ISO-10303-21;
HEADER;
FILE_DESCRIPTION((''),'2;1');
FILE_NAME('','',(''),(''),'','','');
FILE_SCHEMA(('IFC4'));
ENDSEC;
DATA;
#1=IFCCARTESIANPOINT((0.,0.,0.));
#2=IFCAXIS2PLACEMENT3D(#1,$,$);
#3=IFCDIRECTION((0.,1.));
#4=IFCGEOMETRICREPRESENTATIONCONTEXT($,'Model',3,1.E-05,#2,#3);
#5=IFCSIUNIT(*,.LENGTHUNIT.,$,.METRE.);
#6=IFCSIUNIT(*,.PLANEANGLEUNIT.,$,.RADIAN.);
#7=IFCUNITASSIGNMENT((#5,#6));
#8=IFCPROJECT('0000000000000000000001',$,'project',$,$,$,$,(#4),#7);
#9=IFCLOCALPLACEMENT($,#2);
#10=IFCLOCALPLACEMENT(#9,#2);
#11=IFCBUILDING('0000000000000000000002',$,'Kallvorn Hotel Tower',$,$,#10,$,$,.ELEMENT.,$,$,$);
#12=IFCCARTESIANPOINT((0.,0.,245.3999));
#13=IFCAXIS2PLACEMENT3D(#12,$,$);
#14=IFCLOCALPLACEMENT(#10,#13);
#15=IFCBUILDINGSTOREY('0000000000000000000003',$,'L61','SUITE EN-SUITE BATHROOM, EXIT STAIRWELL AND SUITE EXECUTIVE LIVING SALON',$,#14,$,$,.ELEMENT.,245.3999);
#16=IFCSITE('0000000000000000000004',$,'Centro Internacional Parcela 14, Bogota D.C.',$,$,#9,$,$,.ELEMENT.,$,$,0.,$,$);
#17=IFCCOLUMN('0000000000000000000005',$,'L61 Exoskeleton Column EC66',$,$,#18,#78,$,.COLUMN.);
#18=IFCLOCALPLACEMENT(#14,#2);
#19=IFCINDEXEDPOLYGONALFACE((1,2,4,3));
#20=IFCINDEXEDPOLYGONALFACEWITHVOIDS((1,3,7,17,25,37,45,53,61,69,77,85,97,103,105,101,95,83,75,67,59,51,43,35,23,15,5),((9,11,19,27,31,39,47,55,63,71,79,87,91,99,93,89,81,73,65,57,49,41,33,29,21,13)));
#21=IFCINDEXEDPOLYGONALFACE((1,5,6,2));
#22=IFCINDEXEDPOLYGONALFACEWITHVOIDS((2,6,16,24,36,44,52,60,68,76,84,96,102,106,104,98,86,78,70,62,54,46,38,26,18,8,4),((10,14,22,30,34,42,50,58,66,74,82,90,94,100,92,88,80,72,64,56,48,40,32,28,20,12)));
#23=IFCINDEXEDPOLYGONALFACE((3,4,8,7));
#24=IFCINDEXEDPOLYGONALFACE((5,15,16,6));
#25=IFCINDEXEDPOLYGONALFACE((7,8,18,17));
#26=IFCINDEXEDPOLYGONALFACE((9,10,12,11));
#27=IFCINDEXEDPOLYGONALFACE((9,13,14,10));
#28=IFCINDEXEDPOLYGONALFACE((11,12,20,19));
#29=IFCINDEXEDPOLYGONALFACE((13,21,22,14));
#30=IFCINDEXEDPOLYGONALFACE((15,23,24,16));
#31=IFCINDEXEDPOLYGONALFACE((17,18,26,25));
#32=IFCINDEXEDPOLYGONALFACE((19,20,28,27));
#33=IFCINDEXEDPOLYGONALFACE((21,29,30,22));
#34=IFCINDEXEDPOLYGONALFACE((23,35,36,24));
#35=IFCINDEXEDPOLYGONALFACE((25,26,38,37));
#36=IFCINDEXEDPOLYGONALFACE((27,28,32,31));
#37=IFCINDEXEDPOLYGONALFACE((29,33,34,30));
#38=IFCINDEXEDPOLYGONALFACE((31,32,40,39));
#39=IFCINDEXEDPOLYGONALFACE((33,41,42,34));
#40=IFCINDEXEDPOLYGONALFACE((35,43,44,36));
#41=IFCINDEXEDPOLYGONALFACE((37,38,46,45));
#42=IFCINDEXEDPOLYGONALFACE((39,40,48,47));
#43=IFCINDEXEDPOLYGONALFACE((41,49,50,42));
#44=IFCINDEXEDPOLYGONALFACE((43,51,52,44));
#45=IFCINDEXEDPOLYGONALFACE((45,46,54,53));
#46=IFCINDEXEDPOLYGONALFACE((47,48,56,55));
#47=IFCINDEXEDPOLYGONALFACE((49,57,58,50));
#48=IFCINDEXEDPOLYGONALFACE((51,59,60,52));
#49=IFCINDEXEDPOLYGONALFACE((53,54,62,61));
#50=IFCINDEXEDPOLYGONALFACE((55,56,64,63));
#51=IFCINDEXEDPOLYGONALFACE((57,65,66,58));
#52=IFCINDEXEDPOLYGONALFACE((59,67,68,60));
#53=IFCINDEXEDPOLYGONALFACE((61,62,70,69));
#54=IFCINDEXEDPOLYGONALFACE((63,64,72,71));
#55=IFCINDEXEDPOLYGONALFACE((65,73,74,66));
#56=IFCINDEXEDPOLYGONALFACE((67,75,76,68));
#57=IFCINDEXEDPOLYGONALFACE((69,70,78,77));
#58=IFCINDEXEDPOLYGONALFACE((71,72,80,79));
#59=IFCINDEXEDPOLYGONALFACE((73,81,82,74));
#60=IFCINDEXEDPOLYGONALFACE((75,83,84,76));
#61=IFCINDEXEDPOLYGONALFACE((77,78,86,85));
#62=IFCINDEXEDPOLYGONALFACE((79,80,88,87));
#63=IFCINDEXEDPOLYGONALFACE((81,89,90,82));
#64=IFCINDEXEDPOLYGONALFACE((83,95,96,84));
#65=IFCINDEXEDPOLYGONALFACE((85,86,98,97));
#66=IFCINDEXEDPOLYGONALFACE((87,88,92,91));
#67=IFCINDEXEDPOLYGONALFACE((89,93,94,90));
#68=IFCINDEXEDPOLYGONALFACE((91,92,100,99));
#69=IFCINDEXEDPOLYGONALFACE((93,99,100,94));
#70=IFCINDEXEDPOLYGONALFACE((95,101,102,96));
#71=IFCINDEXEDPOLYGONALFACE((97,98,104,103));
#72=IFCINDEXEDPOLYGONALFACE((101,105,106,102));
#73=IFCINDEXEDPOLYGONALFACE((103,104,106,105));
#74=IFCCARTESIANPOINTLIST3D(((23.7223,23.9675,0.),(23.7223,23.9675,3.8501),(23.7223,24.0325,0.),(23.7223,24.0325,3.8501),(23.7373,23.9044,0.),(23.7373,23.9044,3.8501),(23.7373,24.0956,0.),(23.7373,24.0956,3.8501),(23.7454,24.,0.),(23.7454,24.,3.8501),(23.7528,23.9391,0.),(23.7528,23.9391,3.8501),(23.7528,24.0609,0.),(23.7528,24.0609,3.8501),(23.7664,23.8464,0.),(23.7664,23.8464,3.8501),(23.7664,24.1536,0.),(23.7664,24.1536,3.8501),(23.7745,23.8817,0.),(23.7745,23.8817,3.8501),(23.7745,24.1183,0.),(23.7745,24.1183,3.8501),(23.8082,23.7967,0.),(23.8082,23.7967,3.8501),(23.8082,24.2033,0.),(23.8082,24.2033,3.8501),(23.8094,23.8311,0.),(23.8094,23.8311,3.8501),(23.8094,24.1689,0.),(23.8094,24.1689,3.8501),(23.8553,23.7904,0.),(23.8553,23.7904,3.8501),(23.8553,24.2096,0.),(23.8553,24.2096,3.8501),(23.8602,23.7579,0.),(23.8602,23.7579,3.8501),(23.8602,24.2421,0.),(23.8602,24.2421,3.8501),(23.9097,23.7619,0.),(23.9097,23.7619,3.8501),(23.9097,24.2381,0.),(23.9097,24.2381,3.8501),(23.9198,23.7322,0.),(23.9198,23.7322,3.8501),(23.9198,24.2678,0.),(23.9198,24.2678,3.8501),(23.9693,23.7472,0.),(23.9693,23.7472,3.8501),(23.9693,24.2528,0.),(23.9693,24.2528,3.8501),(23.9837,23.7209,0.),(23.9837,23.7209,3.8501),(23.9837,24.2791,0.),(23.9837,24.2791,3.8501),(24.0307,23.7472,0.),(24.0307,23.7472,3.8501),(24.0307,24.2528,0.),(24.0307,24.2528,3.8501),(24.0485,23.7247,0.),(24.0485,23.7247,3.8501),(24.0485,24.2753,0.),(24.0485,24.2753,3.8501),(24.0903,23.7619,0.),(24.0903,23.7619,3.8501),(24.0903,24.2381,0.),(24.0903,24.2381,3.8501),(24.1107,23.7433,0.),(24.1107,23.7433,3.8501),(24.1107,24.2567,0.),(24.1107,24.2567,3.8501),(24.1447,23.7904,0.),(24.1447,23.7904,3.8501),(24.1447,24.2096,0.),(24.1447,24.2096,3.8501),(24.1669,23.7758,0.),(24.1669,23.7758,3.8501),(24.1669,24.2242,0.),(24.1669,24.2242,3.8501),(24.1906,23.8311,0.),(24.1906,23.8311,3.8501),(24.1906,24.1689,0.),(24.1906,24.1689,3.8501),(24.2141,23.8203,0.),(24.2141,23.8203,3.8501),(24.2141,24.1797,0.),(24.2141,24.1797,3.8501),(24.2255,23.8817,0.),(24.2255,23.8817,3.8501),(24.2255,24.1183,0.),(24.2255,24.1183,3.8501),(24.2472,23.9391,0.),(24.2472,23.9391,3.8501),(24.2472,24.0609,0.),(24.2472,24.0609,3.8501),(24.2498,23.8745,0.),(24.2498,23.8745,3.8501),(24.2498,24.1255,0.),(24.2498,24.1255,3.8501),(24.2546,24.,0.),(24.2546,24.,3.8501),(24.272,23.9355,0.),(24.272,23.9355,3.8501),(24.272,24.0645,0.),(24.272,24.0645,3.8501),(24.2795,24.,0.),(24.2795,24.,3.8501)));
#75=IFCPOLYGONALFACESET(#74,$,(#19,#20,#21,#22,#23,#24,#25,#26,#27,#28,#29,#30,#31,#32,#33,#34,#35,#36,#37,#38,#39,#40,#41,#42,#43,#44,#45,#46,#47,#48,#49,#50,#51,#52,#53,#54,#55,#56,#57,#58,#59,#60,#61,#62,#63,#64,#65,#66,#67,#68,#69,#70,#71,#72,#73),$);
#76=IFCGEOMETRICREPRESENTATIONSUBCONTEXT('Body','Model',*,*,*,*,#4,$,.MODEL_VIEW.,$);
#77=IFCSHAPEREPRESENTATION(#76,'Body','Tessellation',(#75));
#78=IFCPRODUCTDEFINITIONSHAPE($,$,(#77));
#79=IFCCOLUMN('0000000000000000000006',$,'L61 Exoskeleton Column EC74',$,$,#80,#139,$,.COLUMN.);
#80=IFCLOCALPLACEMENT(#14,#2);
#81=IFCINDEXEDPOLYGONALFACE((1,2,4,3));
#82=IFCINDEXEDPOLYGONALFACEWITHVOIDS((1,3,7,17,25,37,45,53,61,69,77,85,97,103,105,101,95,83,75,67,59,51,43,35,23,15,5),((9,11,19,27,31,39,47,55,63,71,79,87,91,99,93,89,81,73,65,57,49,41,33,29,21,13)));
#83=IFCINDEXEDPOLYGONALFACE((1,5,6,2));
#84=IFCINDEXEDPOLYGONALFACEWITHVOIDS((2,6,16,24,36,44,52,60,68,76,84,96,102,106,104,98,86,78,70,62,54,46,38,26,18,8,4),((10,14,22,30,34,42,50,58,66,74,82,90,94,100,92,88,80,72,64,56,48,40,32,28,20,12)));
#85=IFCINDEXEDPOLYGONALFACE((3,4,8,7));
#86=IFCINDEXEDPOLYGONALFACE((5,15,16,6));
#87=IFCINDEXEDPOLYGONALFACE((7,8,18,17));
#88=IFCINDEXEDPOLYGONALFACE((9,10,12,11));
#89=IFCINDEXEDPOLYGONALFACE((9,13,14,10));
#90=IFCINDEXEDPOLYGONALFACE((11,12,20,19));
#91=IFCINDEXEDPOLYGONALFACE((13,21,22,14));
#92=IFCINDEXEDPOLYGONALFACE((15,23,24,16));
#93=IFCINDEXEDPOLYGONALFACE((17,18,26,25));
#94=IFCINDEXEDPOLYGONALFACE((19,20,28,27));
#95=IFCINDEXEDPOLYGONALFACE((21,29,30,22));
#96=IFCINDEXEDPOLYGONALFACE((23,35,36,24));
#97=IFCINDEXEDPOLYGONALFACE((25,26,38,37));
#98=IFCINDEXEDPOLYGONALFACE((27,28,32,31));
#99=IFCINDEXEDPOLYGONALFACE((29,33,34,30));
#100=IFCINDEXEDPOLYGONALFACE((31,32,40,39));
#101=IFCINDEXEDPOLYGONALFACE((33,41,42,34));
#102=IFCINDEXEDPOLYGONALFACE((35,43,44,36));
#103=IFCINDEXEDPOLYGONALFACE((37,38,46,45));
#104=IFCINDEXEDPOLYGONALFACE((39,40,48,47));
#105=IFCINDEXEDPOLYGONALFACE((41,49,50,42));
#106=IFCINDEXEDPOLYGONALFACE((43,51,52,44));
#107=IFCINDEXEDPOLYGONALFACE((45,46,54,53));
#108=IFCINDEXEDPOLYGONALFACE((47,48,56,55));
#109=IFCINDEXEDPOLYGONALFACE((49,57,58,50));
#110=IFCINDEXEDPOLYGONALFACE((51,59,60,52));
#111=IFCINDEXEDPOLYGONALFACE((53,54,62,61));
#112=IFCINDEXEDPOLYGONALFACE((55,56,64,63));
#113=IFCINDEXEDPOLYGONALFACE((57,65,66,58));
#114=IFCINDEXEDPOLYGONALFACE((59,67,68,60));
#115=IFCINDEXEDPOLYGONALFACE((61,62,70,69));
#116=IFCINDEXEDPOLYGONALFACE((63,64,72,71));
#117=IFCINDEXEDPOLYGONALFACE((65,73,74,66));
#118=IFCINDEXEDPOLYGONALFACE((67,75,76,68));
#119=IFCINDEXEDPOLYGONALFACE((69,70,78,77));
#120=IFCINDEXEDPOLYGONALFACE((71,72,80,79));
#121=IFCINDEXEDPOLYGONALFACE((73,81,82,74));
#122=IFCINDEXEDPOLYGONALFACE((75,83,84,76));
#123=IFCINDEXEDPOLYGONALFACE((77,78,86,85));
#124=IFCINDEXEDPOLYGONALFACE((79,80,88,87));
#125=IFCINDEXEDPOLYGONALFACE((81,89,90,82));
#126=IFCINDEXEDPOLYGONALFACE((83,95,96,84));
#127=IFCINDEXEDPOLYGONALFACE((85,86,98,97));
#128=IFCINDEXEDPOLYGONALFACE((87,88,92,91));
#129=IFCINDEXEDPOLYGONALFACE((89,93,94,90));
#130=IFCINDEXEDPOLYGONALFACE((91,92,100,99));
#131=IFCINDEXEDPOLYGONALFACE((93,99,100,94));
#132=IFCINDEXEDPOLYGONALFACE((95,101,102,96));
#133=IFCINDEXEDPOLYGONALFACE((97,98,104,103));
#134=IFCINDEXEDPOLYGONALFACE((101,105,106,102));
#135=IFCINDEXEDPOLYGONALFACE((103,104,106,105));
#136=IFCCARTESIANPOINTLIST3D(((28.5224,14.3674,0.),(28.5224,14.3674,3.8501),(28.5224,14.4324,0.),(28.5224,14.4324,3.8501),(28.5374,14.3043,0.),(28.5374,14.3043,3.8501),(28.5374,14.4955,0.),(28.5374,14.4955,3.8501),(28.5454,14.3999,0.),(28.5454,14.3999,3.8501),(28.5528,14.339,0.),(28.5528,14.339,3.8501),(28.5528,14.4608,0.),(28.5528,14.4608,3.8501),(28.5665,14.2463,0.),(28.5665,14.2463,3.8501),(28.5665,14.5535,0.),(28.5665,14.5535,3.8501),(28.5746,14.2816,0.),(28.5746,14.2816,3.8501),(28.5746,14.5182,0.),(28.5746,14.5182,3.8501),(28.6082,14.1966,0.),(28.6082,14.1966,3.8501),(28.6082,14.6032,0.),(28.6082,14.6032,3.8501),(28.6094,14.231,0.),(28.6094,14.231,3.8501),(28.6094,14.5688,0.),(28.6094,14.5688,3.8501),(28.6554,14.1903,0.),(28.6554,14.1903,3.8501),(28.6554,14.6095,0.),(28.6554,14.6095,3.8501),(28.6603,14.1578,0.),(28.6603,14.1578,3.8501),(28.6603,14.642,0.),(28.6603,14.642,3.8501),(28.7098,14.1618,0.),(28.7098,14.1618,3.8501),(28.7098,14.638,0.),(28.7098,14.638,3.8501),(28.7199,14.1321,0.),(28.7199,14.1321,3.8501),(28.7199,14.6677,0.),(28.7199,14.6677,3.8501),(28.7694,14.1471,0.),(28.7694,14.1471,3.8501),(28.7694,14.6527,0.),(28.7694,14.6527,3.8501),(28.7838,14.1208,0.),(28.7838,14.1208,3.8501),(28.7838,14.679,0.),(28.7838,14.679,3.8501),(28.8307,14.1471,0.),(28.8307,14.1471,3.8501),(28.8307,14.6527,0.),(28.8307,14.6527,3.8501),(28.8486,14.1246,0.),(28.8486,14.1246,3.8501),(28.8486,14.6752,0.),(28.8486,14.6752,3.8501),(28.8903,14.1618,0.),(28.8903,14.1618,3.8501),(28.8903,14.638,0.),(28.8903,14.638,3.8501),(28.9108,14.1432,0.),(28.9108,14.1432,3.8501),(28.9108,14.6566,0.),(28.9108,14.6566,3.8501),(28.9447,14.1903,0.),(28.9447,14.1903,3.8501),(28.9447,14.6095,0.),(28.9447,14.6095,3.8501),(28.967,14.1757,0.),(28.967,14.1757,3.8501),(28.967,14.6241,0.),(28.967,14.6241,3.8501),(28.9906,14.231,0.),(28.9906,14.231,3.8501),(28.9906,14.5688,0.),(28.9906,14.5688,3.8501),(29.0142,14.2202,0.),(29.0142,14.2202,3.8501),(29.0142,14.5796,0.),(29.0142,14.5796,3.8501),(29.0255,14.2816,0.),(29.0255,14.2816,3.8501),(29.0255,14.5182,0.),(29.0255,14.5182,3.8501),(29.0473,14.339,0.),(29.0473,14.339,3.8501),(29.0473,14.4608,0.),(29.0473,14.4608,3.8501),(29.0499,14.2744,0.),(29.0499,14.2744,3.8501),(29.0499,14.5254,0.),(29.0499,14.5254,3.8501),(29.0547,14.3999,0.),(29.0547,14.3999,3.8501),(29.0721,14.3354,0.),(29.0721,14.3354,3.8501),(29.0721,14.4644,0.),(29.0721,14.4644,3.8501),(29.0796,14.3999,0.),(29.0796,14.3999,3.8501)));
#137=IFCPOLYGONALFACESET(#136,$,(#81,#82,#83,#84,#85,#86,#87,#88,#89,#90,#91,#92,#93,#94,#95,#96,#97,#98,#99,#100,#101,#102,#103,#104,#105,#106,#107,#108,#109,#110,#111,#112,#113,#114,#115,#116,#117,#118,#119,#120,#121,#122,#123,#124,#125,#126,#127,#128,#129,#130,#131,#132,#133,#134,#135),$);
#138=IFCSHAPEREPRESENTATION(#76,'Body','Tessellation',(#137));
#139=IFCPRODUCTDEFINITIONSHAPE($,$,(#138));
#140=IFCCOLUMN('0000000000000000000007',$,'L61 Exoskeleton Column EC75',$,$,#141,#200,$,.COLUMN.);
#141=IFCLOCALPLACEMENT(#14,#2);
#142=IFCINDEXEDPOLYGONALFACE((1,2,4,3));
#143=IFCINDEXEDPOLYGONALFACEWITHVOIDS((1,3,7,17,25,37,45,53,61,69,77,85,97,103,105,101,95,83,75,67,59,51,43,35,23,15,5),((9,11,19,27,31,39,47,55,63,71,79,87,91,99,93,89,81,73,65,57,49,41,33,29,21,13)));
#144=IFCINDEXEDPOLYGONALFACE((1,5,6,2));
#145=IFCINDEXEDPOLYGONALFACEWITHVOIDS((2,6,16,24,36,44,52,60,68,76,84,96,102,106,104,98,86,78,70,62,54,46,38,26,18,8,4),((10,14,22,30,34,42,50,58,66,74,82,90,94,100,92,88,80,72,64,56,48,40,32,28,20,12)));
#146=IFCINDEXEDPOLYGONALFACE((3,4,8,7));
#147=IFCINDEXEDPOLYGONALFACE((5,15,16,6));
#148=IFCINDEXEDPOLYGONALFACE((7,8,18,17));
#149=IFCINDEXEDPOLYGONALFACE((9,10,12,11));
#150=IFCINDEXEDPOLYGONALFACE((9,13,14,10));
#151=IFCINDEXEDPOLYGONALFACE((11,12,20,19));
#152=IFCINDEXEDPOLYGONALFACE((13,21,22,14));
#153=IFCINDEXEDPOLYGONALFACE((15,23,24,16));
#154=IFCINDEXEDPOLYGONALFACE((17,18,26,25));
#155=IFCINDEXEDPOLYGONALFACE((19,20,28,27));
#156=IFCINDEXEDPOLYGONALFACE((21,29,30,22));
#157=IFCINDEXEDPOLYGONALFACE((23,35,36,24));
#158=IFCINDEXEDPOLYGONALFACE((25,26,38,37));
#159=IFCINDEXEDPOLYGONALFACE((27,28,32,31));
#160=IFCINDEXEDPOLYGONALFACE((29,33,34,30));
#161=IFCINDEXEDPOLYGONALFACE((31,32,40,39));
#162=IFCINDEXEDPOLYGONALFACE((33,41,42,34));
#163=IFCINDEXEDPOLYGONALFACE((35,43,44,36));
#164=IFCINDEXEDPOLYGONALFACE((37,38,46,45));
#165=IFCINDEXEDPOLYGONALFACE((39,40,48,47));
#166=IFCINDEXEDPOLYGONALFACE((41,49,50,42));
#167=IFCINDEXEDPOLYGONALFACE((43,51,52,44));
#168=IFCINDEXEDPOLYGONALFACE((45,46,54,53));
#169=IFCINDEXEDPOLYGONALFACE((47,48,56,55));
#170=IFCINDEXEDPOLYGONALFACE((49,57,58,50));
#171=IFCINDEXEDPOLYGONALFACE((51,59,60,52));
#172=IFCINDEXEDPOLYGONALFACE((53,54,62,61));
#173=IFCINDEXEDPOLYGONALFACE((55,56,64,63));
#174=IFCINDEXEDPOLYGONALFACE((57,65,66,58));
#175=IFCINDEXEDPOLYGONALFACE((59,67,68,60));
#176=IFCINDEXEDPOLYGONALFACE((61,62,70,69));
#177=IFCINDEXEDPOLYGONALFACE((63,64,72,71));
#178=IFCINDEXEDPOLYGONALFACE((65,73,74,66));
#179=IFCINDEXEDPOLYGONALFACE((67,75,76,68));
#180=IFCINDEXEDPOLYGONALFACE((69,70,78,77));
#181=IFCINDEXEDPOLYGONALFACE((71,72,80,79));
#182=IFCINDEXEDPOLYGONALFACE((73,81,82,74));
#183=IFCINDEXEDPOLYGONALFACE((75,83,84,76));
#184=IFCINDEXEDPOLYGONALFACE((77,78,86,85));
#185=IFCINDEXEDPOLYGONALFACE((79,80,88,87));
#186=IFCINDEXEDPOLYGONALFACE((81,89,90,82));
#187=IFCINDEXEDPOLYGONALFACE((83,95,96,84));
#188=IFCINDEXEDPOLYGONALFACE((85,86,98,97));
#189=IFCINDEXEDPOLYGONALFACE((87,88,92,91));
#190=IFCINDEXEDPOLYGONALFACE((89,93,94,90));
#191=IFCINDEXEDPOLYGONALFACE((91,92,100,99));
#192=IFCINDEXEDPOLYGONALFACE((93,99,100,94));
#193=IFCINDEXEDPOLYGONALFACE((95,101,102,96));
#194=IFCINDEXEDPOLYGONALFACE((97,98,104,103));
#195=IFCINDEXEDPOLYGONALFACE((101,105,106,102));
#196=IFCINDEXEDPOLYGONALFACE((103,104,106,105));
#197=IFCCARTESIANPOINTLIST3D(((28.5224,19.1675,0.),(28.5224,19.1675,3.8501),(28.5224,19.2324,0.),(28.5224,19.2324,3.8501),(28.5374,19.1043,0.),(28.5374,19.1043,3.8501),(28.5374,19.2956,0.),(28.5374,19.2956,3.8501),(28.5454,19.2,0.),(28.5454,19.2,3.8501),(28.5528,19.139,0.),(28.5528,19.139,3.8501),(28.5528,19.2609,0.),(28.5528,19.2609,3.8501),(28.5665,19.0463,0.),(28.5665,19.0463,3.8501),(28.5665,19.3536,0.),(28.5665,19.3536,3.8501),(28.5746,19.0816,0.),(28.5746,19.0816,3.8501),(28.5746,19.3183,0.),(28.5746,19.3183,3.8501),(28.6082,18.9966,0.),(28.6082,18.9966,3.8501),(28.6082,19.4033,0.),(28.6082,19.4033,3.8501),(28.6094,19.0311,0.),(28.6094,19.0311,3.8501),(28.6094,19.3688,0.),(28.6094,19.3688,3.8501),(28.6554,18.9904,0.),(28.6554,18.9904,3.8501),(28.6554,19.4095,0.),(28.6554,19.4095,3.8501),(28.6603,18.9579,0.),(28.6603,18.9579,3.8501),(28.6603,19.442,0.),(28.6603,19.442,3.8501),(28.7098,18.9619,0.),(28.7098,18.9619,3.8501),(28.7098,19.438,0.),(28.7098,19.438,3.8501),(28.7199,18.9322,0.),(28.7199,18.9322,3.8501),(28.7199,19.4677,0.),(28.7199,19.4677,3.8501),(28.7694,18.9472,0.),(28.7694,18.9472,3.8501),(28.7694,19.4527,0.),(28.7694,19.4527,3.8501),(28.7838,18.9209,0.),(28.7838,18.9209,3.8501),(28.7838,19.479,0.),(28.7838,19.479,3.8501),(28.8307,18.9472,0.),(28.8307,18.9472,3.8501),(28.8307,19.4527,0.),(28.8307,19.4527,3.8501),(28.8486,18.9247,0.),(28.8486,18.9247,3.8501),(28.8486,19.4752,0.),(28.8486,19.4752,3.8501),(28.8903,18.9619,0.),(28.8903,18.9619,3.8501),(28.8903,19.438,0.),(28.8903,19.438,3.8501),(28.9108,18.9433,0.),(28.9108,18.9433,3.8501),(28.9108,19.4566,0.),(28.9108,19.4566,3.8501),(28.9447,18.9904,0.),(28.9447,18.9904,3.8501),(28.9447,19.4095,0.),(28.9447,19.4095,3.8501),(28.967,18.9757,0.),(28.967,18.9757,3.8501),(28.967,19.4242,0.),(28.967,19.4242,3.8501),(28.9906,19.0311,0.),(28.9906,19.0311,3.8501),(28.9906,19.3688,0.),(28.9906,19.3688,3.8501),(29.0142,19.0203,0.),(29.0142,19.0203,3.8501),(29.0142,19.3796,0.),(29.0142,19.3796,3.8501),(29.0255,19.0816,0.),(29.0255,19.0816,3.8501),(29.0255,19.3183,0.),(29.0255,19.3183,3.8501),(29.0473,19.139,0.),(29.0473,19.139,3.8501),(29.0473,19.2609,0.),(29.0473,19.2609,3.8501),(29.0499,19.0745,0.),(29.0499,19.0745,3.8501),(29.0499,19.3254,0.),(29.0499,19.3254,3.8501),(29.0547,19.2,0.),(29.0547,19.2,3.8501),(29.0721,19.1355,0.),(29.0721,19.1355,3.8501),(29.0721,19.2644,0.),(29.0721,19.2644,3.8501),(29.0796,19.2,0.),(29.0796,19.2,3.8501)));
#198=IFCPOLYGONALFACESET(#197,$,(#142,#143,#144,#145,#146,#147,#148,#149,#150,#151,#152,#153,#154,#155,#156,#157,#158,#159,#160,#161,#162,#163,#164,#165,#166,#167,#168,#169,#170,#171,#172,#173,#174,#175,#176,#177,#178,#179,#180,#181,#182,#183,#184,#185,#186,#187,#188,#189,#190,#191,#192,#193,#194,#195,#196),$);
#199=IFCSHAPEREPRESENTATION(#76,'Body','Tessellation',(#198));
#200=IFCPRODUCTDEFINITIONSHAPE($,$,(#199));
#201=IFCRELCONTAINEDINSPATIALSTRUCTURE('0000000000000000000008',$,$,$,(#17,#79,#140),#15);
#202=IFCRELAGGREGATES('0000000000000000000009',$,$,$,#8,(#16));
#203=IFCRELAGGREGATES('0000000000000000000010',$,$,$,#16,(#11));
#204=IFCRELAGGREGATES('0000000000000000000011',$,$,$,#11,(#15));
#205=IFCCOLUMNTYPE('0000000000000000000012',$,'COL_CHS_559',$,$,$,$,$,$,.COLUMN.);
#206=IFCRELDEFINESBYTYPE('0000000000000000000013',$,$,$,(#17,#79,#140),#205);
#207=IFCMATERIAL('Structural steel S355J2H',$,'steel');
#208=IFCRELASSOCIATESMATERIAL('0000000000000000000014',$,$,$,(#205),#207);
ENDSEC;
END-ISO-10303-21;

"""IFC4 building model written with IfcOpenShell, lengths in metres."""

from ifc_helpers import new_model, si_unit, direction, frame, origin, origin_2d, place, context, subcontext, project, spatial, hollow_circle, extrude, material, material_profile, profile_set, type_object, element, save


model = new_model("IFC4")

# Units and contexts
model_context = context("Model", 3, precision=1e-05, world=origin(), true_north=direction((0.0, 1.0)))
body_context = subcontext(model_context, "Body", "Model", "MODEL_VIEW")
ifc_project = project(units=[si_unit("LENGTHUNIT", "METRE"), si_unit("PLANEANGLEUNIT", "RADIAN")], contexts=[model_context])

# Site, building, storey
site_placement = place(None, origin())
site = spatial("IfcSite", under=ifc_project, at=site_placement, Name="Centro Internacional Parcela 14, Bogota D.C.", CompositionType="ELEMENT", RefElevation=0.0)
building_placement = place(site_placement, origin())
building = spatial("IfcBuilding", under=site, at=building_placement, Name="Kallvorn Hotel Tower", CompositionType="ELEMENT")
storey_placement = place(building_placement, frame((0.0, 0.0, 245.3999)))
storey = spatial("IfcBuildingStorey", under=building, at=storey_placement, Name="L61", Description="SUITE EN-SUITE BATHROOM, EXIT STAIRWELL AND SUITE EXECUTIVE LIVING SALON", CompositionType="ELEMENT", Elevation=245.3999)

# Columns
ifc_material_1 = material(Name="Structural steel S355J2H", Category="steel")
ifc_material_profile_1 = material_profile(ifc_material_1, hollow_circle(Radius=0.2795, WallThickness=0.0249, at=origin_2d()), Name="CHS 559x25")
ifc_profile_set_1 = profile_set([ifc_material_profile_1], Name="Structural steel S355J2H")
column_type = type_object("IfcColumnType", Name="COL_CHS_559", PredefinedType="COLUMN", material=ifc_profile_set_1)
for number, where, z_axis, x_axis, name in (
    (1, (24.0, 24.0, 0.0), (0.0, 0.0, 1.0), (1.0, 0.0, 0.0), "L61 Exoskeleton Column EC66"),
    (2, (28.8, 14.3999, 0.0), (0.0, 0.0, 1.0), (1.0, 0.0, 0.0), "L61 Exoskeleton Column EC74"),
    (3, (28.8, 19.2, 0.0), (0.0, 0.0, 1.0), (1.0, 0.0, 0.0), "L61 Exoskeleton Column EC75"),
):
    element("IfcColumn", number, at=place(storey_placement, frame(where, z_axis=z_axis, x_axis=x_axis)), inside=storey, type_object=column_type, Name=name, PredefinedType="COLUMN", context=body_context, shape_type="SweptSolid", body=[
        extrude(hollow_circle(Radius=0.2795, WallThickness=0.0249, at=origin_2d()), origin(), (0.0, 0.0, 1.0), 3.8501),
    ])

save(model, "model.ifc")
